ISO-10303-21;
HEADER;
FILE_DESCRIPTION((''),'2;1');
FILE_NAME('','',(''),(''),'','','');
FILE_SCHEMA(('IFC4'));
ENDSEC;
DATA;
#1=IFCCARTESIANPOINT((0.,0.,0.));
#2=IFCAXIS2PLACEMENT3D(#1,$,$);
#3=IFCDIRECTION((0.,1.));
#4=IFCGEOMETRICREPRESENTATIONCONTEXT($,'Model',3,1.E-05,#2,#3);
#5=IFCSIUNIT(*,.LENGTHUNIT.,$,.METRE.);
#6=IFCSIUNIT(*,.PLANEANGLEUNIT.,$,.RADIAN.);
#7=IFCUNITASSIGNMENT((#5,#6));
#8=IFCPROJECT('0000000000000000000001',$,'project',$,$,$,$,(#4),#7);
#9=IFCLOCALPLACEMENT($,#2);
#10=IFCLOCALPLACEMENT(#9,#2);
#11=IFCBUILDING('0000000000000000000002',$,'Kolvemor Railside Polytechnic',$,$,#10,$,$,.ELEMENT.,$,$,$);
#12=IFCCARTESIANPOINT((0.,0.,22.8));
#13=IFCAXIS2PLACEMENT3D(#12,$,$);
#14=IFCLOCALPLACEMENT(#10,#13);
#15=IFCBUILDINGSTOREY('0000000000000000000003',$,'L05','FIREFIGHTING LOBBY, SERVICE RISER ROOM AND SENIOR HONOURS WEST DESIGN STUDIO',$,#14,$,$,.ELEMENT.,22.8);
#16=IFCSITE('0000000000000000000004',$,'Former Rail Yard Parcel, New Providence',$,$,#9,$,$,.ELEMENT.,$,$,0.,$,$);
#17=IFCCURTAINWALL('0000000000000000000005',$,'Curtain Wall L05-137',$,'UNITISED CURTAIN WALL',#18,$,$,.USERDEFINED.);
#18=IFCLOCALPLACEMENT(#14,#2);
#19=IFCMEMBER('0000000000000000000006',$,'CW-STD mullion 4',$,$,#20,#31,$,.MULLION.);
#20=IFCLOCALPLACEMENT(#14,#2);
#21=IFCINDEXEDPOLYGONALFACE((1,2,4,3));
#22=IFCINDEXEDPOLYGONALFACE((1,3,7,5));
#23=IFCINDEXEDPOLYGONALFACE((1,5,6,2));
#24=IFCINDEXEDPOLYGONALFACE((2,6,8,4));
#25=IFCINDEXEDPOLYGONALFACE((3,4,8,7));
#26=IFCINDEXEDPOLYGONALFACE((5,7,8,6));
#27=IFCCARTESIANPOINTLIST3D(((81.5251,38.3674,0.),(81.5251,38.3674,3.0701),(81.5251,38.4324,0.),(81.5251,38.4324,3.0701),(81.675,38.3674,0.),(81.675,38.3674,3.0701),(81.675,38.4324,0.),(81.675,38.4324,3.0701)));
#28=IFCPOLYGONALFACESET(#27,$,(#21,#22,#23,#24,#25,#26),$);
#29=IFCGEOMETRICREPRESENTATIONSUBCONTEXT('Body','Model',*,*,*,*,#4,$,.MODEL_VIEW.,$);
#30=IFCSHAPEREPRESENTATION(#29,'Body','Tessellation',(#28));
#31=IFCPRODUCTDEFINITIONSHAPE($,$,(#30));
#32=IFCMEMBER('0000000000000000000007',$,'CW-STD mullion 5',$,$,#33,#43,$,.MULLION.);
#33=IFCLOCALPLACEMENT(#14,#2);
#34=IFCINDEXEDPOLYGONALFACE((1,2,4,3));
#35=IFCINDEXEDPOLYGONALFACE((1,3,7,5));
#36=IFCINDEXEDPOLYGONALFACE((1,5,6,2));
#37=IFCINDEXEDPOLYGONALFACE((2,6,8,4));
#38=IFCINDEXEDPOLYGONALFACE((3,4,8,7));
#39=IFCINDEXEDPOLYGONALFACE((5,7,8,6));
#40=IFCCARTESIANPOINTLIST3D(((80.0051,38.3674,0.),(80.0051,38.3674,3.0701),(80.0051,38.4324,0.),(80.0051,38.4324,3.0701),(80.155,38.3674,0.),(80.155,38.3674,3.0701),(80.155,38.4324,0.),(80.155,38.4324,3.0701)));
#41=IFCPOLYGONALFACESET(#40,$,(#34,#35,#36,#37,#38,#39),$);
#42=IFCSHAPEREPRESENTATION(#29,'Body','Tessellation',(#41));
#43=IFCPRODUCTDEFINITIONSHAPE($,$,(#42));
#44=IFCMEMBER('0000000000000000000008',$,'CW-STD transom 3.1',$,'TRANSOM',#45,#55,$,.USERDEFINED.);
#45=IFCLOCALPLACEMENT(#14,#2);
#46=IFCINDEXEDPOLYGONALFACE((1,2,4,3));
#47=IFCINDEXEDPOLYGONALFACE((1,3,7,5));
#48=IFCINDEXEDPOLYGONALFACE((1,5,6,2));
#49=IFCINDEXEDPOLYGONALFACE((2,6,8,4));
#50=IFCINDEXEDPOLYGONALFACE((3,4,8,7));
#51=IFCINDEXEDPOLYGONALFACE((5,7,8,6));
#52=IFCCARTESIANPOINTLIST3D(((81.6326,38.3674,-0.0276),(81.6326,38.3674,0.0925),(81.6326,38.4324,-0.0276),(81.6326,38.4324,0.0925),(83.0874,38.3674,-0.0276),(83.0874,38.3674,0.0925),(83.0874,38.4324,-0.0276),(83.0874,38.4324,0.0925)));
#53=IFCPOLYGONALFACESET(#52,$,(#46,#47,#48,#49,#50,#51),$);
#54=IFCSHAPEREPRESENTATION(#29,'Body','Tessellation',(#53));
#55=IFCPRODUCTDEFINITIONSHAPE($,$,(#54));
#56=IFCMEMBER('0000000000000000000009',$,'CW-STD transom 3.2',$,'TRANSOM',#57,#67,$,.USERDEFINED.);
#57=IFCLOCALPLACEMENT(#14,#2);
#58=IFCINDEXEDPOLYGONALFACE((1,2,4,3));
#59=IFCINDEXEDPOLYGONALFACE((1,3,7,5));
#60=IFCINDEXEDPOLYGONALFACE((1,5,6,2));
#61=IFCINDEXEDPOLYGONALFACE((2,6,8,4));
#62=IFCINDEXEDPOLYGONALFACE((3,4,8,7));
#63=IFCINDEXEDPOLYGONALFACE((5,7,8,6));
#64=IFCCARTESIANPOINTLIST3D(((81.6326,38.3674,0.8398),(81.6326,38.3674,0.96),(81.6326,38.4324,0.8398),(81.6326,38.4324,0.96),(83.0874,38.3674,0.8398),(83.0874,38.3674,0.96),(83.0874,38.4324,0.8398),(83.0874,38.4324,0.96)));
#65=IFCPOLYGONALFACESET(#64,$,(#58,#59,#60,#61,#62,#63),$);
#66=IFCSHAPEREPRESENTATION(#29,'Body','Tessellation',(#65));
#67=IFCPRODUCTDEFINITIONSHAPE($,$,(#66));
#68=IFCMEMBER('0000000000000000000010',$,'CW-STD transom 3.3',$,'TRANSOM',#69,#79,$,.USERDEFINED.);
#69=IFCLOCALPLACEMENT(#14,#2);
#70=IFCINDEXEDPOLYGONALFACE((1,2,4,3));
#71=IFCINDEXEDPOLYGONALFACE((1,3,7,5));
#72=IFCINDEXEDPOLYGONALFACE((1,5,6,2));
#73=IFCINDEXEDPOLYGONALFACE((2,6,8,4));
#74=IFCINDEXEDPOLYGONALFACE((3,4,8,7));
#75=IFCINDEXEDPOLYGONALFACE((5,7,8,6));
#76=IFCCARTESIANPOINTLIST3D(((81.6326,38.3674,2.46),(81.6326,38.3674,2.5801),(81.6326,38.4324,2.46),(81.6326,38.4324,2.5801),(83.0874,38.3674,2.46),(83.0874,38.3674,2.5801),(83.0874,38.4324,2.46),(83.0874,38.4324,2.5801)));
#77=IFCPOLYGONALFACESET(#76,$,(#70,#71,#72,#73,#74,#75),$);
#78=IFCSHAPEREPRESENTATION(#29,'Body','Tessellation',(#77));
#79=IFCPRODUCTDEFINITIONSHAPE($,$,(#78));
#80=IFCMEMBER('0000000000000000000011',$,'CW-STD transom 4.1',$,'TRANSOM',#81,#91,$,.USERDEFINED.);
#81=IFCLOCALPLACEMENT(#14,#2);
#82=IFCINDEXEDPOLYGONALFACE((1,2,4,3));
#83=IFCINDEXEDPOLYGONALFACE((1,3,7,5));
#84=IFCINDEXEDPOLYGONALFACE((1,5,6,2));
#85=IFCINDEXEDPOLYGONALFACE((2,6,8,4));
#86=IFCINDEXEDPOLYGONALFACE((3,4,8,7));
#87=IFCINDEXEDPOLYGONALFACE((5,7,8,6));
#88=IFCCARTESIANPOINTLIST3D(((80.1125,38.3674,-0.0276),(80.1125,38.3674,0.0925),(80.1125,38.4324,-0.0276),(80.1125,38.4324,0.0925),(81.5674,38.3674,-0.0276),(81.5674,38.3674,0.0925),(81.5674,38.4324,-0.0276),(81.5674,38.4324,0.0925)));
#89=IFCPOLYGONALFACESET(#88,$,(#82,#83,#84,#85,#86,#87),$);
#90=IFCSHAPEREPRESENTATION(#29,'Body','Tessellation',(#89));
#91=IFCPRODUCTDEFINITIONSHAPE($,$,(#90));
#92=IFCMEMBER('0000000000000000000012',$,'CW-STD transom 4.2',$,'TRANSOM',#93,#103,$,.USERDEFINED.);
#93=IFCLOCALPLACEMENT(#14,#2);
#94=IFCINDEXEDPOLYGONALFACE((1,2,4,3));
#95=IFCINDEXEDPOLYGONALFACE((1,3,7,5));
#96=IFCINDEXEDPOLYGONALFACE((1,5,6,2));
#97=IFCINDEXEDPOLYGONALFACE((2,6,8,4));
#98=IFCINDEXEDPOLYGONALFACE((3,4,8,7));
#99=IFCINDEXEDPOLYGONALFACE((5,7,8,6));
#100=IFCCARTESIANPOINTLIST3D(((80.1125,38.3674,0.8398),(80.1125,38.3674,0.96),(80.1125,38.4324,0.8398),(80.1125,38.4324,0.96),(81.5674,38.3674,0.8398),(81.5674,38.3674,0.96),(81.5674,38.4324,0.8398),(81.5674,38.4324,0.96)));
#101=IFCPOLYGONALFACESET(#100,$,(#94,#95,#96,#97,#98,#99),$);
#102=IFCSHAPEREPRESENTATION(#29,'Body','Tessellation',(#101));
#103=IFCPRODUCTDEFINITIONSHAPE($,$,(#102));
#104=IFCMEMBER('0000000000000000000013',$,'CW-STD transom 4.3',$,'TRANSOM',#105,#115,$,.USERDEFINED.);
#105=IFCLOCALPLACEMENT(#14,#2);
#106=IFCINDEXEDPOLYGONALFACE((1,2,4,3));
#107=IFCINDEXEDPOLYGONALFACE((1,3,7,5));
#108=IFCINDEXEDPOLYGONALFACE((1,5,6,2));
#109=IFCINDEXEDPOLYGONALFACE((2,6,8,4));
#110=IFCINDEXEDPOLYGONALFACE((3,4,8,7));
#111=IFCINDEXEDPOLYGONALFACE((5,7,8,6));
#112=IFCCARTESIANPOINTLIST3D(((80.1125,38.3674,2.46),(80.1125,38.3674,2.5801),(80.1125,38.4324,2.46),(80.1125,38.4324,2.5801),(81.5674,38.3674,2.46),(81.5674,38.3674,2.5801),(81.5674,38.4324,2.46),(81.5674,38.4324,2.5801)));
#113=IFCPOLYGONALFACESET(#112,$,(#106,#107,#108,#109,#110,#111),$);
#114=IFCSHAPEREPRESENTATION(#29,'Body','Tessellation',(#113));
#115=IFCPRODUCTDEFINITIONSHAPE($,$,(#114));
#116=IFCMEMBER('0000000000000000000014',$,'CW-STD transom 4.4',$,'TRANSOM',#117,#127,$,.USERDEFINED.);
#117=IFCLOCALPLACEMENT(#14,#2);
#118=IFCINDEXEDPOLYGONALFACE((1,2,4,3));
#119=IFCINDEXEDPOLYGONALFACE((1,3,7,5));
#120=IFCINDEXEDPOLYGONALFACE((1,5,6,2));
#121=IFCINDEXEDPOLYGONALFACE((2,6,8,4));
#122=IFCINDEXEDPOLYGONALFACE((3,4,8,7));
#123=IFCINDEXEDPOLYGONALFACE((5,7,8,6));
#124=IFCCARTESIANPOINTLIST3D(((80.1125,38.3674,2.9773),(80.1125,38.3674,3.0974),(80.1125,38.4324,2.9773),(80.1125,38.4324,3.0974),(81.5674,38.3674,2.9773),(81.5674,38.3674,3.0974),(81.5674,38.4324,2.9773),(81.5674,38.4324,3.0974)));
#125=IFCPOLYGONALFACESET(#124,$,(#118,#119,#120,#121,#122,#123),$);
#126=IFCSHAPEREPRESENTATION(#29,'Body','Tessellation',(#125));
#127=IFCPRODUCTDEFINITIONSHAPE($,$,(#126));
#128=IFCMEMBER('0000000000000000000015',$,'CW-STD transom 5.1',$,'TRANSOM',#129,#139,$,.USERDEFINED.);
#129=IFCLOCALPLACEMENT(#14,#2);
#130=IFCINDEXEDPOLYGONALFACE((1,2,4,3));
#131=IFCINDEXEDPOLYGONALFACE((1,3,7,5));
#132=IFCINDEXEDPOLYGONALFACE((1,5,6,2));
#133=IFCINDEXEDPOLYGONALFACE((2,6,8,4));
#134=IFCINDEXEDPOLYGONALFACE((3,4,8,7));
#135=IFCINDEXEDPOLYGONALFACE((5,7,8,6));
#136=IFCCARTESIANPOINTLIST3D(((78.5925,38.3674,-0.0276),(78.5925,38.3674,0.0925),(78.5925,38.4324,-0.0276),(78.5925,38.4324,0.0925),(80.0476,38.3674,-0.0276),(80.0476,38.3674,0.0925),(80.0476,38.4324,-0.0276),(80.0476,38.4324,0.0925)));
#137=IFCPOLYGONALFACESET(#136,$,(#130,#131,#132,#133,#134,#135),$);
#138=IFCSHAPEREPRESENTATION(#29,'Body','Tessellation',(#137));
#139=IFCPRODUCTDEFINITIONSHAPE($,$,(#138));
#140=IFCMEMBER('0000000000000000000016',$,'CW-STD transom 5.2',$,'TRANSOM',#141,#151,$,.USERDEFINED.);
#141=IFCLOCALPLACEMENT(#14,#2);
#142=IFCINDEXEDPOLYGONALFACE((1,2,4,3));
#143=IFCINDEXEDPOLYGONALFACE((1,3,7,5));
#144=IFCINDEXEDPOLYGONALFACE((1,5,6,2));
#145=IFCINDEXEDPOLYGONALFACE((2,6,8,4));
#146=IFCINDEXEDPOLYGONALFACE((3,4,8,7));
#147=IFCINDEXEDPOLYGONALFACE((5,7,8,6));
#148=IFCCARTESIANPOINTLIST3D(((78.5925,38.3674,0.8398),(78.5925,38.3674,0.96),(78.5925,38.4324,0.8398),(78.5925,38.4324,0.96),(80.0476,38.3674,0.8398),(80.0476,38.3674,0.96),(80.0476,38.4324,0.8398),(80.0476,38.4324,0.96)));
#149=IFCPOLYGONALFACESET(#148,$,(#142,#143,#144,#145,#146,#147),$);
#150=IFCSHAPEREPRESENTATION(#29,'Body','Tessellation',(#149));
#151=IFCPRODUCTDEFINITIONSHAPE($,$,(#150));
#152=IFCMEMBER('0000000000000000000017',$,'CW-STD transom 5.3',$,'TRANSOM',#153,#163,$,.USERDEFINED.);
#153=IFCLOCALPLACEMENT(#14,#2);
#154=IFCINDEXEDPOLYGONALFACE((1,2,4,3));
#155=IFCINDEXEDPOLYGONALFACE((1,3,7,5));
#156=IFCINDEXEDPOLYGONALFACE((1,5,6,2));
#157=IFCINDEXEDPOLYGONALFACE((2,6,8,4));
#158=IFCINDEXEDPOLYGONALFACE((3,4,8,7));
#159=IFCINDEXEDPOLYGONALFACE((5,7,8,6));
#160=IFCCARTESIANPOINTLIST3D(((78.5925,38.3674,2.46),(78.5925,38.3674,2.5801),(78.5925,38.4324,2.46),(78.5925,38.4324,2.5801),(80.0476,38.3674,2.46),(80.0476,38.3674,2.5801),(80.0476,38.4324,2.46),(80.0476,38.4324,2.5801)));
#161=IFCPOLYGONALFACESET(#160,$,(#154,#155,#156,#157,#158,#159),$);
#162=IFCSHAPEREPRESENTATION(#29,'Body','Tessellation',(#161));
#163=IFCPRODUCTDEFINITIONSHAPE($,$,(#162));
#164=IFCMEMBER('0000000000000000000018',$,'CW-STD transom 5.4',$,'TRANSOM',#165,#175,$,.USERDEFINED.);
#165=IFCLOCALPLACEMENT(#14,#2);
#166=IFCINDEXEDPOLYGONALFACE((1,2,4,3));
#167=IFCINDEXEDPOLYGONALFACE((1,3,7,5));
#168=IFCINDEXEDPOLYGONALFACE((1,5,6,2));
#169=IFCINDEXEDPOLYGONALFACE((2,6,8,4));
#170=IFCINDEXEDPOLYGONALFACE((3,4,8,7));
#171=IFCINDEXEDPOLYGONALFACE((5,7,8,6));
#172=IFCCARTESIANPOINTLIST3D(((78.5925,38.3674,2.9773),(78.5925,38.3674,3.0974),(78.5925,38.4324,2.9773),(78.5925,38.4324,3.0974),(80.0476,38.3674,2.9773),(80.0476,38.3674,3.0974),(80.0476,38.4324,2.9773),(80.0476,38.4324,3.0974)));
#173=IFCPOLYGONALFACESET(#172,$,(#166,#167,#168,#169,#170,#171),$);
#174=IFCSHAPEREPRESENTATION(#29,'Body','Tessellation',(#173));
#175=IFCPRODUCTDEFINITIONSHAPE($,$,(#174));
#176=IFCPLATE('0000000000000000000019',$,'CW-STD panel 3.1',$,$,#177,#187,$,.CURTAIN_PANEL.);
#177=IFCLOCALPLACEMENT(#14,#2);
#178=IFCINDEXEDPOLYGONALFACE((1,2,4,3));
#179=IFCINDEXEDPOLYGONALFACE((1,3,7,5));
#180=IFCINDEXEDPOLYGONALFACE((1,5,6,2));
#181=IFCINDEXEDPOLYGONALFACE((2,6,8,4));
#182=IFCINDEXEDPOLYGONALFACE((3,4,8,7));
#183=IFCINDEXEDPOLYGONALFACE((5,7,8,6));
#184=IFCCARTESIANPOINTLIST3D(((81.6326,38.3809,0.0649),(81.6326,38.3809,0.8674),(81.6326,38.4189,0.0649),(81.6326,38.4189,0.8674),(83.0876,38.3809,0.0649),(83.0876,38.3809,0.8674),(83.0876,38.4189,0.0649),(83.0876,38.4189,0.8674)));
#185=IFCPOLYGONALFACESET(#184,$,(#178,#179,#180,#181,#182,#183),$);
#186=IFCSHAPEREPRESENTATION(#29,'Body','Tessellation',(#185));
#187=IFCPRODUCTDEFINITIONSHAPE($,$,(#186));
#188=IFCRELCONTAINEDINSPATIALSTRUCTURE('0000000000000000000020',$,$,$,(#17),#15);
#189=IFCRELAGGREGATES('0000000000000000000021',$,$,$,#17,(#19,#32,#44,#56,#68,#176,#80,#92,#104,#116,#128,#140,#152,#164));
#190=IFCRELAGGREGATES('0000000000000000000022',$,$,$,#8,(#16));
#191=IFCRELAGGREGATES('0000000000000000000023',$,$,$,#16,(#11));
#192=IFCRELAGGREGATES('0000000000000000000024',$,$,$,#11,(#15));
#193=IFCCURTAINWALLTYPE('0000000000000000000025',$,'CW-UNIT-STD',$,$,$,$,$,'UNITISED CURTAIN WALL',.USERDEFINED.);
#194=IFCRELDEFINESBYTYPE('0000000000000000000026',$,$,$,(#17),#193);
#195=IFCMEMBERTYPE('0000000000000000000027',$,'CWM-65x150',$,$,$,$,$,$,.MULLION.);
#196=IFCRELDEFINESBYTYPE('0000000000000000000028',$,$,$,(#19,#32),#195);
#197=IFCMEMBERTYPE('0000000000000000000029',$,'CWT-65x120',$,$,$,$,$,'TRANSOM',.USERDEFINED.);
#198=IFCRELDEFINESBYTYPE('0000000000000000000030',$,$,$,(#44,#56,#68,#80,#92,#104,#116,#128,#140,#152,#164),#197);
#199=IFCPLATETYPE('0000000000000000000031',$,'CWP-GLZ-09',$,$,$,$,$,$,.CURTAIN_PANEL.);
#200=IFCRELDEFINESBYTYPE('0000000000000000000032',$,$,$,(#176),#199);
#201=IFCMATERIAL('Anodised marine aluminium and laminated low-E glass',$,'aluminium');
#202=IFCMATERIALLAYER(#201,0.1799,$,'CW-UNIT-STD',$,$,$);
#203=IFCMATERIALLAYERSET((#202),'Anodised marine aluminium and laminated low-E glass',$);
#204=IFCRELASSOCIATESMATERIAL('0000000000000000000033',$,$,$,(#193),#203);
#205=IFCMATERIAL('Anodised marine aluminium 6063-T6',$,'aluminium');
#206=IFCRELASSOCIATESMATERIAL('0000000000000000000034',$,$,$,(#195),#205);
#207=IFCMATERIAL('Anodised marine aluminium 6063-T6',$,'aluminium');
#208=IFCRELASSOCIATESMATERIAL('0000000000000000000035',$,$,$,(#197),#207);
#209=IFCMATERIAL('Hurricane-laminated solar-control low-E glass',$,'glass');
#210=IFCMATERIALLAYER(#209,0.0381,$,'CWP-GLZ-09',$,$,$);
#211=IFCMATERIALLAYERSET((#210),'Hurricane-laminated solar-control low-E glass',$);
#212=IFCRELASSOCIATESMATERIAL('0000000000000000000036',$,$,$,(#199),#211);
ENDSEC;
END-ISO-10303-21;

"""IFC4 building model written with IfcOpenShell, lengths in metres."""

from ifc_helpers import new_model, si_unit, direction, frame, origin, origin_2d, place, context, subcontext, project, spatial, rectangle, extrude, material, layer, layer_set, material_profile, profile_set, type_object, element, aggregate, save


model = new_model("IFC4")

# Units and contexts
model_context = context("Model", 3, precision=1e-05, world=origin(), true_north=direction((0.0, 1.0)))
body_context = subcontext(model_context, "Body", "Model", "MODEL_VIEW")
ifc_project = project(units=[si_unit("LENGTHUNIT", "METRE"), si_unit("PLANEANGLEUNIT", "RADIAN")], contexts=[model_context])

# Site, building, storey
site_placement = place(None, origin())
site = spatial("IfcSite", under=ifc_project, at=site_placement, Name="Former Rail Yard Parcel, New Providence", CompositionType="ELEMENT", RefElevation=0.0)
building_placement = place(site_placement, origin())
building = spatial("IfcBuilding", under=site, at=building_placement, Name="Kolvemor Railside Polytechnic", CompositionType="ELEMENT")
storey_placement = place(building_placement, frame((0.0, 0.0, 22.8)))
storey = spatial("IfcBuildingStorey", under=building, at=storey_placement, Name="L05", Description="FIREFIGHTING LOBBY, SERVICE RISER ROOM AND SENIOR HONOURS WEST DESIGN STUDIO", CompositionType="ELEMENT", Elevation=22.8)

# Curtain wall, members, plate
ifc_material_1 = material(Name="Anodised marine aluminium and laminated low-E glass", Category="aluminium")
ifc_layer_1 = layer(ifc_material_1, 0.1799, Name="CW-UNIT-STD")
ifc_layer_set_1 = layer_set([ifc_layer_1], Name="Anodised marine aluminium and laminated low-E glass")
curtain_wall_type = type_object("IfcCurtainWallType", Name="CW-UNIT-STD", ElementType="UNITISED CURTAIN WALL", PredefinedType="USERDEFINED", material=ifc_layer_set_1)
curtain_wall_placement = place(storey_placement, origin())
curtain_wall = element("IfcCurtainWall", 1, at=curtain_wall_placement, inside=storey, type_object=curtain_wall_type, Name="Curtain Wall L05-137", ObjectType="UNITISED CURTAIN WALL", PredefinedType="USERDEFINED")
ifc_material_2 = material(Name="Anodised marine aluminium 6063-T6", Category="aluminium")
ifc_material_profile_1 = material_profile(ifc_material_2, rectangle(XDim=0.0649, YDim=0.1499, at=origin_2d()), Name="CW-MUL-65x150")
ifc_profile_set_1 = profile_set([ifc_material_profile_1], Name="Anodised marine aluminium 6063-T6")
member_type_1 = type_object("IfcMemberType", Name="CWM-65x150", PredefinedType="MULLION", material=ifc_profile_set_1)
member_1_placement = place(storey_placement, frame((81.6001, 38.3999, 0.0), z_axis=(0.0, 0.0, 1.0), x_axis=(0.0, -1.0, 0.0)))
member_1 = element("IfcMember", 2, at=member_1_placement, type_object=member_type_1, Name="CW-STD mullion 4", PredefinedType="MULLION", context=body_context, shape_type="SweptSolid", body=[
    extrude(rectangle(XDim=0.0649, YDim=0.1499, at=origin_2d()), origin(), (0.0, 0.0, 1.0), 3.0701),
])
member_2_placement = place(storey_placement, frame((80.0801, 38.3999, 0.0), z_axis=(0.0, 0.0, 1.0), x_axis=(0.0, -1.0, 0.0)))
member_2 = element("IfcMember", 3, at=member_2_placement, type_object=member_type_1, Name="CW-STD mullion 5", PredefinedType="MULLION", context=body_context, shape_type="SweptSolid", body=[
    extrude(rectangle(XDim=0.0649, YDim=0.1499, at=origin_2d()), origin(), (0.0, 0.0, 1.0), 3.0701),
])
ifc_material_3 = material(Name="Anodised marine aluminium 6063-T6", Category="aluminium")
ifc_material_profile_2 = material_profile(ifc_material_3, rectangle(XDim=0.0649, YDim=0.1201, at=origin_2d()), Name="CW-TRN-65x120")
ifc_profile_set_2 = profile_set([ifc_material_profile_2], Name="Anodised marine aluminium 6063-T6")
member_type_2 = type_object("IfcMemberType", Name="CWT-65x120", ElementType="TRANSOM", PredefinedType="USERDEFINED", material=ifc_profile_set_2)
member_3_placement = place(storey_placement, frame((83.0874, 38.3999, 0.0325), z_axis=(-1.0, 0.0, 0.0), x_axis=(0.0, -1.0, 0.0)))
member_3 = element("IfcMember", 4, at=member_3_placement, type_object=member_type_2, Name="CW-STD transom 3.1", ObjectType="TRANSOM", PredefinedType="USERDEFINED", context=body_context, shape_type="SweptSolid", body=[
    extrude(rectangle(XDim=0.0649, YDim=0.1201, at=origin_2d()), origin(), (0.0, 0.0, 1.0), 1.4548),
])
member_4_placement = place(storey_placement, frame((83.0874, 38.3999, 0.8999), z_axis=(-1.0, 0.0, 0.0), x_axis=(0.0, -1.0, 0.0)))
member_4 = element("IfcMember", 5, at=member_4_placement, type_object=member_type_2, Name="CW-STD transom 3.2", ObjectType="TRANSOM", PredefinedType="USERDEFINED", context=body_context, shape_type="SweptSolid", body=[
    extrude(rectangle(XDim=0.0649, YDim=0.1201, at=origin_2d()), origin(), (0.0, 0.0, 1.0), 1.4548),
])
member_5_placement = place(storey_placement, frame((83.0874, 38.3999, 2.52), z_axis=(-1.0, 0.0, 0.0), x_axis=(0.0, -1.0, 0.0)))
member_5 = element("IfcMember", 6, at=member_5_placement, type_object=member_type_2, Name="CW-STD transom 3.3", ObjectType="TRANSOM", PredefinedType="USERDEFINED", context=body_context, shape_type="SweptSolid", body=[
    extrude(rectangle(XDim=0.0649, YDim=0.1201, at=origin_2d()), origin(), (0.0, 0.0, 1.0), 1.4548),
])
member_6_placement = place(storey_placement, frame((81.5674, 38.3999, 0.0325), z_axis=(-1.0, 0.0, 0.0), x_axis=(0.0, -1.0, 0.0)))
member_6 = element("IfcMember", 7, at=member_6_placement, type_object=member_type_2, Name="CW-STD transom 4.1", ObjectType="TRANSOM", PredefinedType="USERDEFINED", context=body_context, shape_type="SweptSolid", body=[
    extrude(rectangle(XDim=0.0649, YDim=0.1201, at=origin_2d()), origin(), (0.0, 0.0, 1.0), 1.4548),
])
member_7_placement = place(storey_placement, frame((81.5674, 38.3999, 0.8999), z_axis=(-1.0, 0.0, 0.0), x_axis=(0.0, -1.0, 0.0)))
member_7 = element("IfcMember", 8, at=member_7_placement, type_object=member_type_2, Name="CW-STD transom 4.2", ObjectType="TRANSOM", PredefinedType="USERDEFINED", context=body_context, shape_type="SweptSolid", body=[
    extrude(rectangle(XDim=0.0649, YDim=0.1201, at=origin_2d()), origin(), (0.0, 0.0, 1.0), 1.4548),
])
member_8_placement = place(storey_placement, frame((81.5674, 38.3999, 2.52), z_axis=(-1.0, 0.0, 0.0), x_axis=(0.0, -1.0, 0.0)))
member_8 = element("IfcMember", 9, at=member_8_placement, type_object=member_type_2, Name="CW-STD transom 4.3", ObjectType="TRANSOM", PredefinedType="USERDEFINED", context=body_context, shape_type="SweptSolid", body=[
    extrude(rectangle(XDim=0.0649, YDim=0.1201, at=origin_2d()), origin(), (0.0, 0.0, 1.0), 1.4548),
])
member_9_placement = place(storey_placement, frame((81.5674, 38.3999, 3.0374), z_axis=(-1.0, 0.0, 0.0), x_axis=(0.0, -1.0, 0.0)))
member_9 = element("IfcMember", 10, at=member_9_placement, type_object=member_type_2, Name="CW-STD transom 4.4", ObjectType="TRANSOM", PredefinedType="USERDEFINED", context=body_context, shape_type="SweptSolid", body=[
    extrude(rectangle(XDim=0.0649, YDim=0.1201, at=origin_2d()), origin(), (0.0, 0.0, 1.0), 1.4548),
])
member_10_placement = place(storey_placement, frame((80.0476, 38.3999, 0.0325), z_axis=(-1.0, 0.0, 0.0), x_axis=(0.0, -1.0, 0.0)))
member_10 = element("IfcMember", 11, at=member_10_placement, type_object=member_type_2, Name="CW-STD transom 5.1", ObjectType="TRANSOM", PredefinedType="USERDEFINED", context=body_context, shape_type="SweptSolid", body=[
    extrude(rectangle(XDim=0.0649, YDim=0.1201, at=origin_2d()), origin(), (0.0, 0.0, 1.0), 1.4551),
])
member_11_placement = place(storey_placement, frame((80.0476, 38.3999, 0.8999), z_axis=(-1.0, 0.0, 0.0), x_axis=(0.0, -1.0, 0.0)))
member_11 = element("IfcMember", 12, at=member_11_placement, type_object=member_type_2, Name="CW-STD transom 5.2", ObjectType="TRANSOM", PredefinedType="USERDEFINED", context=body_context, shape_type="SweptSolid", body=[
    extrude(rectangle(XDim=0.0649, YDim=0.1201, at=origin_2d()), origin(), (0.0, 0.0, 1.0), 1.4551),
])
member_12_placement = place(storey_placement, frame((80.0476, 38.3999, 2.52), z_axis=(-1.0, 0.0, 0.0), x_axis=(0.0, -1.0, 0.0)))
member_12 = element("IfcMember", 13, at=member_12_placement, type_object=member_type_2, Name="CW-STD transom 5.3", ObjectType="TRANSOM", PredefinedType="USERDEFINED", context=body_context, shape_type="SweptSolid", body=[
    extrude(rectangle(XDim=0.0649, YDim=0.1201, at=origin_2d()), origin(), (0.0, 0.0, 1.0), 1.4551),
])
member_13_placement = place(storey_placement, frame((80.0476, 38.3999, 3.0374), z_axis=(-1.0, 0.0, 0.0), x_axis=(0.0, -1.0, 0.0)))
member_13 = element("IfcMember", 14, at=member_13_placement, type_object=member_type_2, Name="CW-STD transom 5.4", ObjectType="TRANSOM", PredefinedType="USERDEFINED", context=body_context, shape_type="SweptSolid", body=[
    extrude(rectangle(XDim=0.0649, YDim=0.1201, at=origin_2d()), origin(), (0.0, 0.0, 1.0), 1.4551),
])
ifc_material_4 = material(Name="Hurricane-laminated solar-control low-E glass", Category="glass")
ifc_layer_2 = layer(ifc_material_4, 0.0381, Name="CWP-GLZ-09")
ifc_layer_set_2 = layer_set([ifc_layer_2], Name="Hurricane-laminated solar-control low-E glass")
plate_type = type_object("IfcPlateType", Name="CWP-GLZ-09", PredefinedType="CURTAIN_PANEL", material=ifc_layer_set_2)
plate_1_placement = place(storey_placement, frame((82.3601, 38.3999, 0.0649), z_axis=(0.0, 0.0, 1.0), x_axis=(-1.0, 0.0, 0.0)))
plate_1 = element("IfcPlate", 15, at=plate_1_placement, type_object=plate_type, Name="CW-STD panel 3.1", PredefinedType="CURTAIN_PANEL", context=body_context, shape_type="SweptSolid", body=[
    extrude(rectangle(XDim=1.4551, YDim=0.0381, at=origin_2d()), origin(), (0.0, 0.0, 1.0), 0.8025),
])
aggregate(curtain_wall, [member_1, member_2, member_3, member_4, member_5, plate_1, member_6, member_7, member_8, member_9, member_10, member_11, member_12, member_13])

save(model, "model.ifc")
